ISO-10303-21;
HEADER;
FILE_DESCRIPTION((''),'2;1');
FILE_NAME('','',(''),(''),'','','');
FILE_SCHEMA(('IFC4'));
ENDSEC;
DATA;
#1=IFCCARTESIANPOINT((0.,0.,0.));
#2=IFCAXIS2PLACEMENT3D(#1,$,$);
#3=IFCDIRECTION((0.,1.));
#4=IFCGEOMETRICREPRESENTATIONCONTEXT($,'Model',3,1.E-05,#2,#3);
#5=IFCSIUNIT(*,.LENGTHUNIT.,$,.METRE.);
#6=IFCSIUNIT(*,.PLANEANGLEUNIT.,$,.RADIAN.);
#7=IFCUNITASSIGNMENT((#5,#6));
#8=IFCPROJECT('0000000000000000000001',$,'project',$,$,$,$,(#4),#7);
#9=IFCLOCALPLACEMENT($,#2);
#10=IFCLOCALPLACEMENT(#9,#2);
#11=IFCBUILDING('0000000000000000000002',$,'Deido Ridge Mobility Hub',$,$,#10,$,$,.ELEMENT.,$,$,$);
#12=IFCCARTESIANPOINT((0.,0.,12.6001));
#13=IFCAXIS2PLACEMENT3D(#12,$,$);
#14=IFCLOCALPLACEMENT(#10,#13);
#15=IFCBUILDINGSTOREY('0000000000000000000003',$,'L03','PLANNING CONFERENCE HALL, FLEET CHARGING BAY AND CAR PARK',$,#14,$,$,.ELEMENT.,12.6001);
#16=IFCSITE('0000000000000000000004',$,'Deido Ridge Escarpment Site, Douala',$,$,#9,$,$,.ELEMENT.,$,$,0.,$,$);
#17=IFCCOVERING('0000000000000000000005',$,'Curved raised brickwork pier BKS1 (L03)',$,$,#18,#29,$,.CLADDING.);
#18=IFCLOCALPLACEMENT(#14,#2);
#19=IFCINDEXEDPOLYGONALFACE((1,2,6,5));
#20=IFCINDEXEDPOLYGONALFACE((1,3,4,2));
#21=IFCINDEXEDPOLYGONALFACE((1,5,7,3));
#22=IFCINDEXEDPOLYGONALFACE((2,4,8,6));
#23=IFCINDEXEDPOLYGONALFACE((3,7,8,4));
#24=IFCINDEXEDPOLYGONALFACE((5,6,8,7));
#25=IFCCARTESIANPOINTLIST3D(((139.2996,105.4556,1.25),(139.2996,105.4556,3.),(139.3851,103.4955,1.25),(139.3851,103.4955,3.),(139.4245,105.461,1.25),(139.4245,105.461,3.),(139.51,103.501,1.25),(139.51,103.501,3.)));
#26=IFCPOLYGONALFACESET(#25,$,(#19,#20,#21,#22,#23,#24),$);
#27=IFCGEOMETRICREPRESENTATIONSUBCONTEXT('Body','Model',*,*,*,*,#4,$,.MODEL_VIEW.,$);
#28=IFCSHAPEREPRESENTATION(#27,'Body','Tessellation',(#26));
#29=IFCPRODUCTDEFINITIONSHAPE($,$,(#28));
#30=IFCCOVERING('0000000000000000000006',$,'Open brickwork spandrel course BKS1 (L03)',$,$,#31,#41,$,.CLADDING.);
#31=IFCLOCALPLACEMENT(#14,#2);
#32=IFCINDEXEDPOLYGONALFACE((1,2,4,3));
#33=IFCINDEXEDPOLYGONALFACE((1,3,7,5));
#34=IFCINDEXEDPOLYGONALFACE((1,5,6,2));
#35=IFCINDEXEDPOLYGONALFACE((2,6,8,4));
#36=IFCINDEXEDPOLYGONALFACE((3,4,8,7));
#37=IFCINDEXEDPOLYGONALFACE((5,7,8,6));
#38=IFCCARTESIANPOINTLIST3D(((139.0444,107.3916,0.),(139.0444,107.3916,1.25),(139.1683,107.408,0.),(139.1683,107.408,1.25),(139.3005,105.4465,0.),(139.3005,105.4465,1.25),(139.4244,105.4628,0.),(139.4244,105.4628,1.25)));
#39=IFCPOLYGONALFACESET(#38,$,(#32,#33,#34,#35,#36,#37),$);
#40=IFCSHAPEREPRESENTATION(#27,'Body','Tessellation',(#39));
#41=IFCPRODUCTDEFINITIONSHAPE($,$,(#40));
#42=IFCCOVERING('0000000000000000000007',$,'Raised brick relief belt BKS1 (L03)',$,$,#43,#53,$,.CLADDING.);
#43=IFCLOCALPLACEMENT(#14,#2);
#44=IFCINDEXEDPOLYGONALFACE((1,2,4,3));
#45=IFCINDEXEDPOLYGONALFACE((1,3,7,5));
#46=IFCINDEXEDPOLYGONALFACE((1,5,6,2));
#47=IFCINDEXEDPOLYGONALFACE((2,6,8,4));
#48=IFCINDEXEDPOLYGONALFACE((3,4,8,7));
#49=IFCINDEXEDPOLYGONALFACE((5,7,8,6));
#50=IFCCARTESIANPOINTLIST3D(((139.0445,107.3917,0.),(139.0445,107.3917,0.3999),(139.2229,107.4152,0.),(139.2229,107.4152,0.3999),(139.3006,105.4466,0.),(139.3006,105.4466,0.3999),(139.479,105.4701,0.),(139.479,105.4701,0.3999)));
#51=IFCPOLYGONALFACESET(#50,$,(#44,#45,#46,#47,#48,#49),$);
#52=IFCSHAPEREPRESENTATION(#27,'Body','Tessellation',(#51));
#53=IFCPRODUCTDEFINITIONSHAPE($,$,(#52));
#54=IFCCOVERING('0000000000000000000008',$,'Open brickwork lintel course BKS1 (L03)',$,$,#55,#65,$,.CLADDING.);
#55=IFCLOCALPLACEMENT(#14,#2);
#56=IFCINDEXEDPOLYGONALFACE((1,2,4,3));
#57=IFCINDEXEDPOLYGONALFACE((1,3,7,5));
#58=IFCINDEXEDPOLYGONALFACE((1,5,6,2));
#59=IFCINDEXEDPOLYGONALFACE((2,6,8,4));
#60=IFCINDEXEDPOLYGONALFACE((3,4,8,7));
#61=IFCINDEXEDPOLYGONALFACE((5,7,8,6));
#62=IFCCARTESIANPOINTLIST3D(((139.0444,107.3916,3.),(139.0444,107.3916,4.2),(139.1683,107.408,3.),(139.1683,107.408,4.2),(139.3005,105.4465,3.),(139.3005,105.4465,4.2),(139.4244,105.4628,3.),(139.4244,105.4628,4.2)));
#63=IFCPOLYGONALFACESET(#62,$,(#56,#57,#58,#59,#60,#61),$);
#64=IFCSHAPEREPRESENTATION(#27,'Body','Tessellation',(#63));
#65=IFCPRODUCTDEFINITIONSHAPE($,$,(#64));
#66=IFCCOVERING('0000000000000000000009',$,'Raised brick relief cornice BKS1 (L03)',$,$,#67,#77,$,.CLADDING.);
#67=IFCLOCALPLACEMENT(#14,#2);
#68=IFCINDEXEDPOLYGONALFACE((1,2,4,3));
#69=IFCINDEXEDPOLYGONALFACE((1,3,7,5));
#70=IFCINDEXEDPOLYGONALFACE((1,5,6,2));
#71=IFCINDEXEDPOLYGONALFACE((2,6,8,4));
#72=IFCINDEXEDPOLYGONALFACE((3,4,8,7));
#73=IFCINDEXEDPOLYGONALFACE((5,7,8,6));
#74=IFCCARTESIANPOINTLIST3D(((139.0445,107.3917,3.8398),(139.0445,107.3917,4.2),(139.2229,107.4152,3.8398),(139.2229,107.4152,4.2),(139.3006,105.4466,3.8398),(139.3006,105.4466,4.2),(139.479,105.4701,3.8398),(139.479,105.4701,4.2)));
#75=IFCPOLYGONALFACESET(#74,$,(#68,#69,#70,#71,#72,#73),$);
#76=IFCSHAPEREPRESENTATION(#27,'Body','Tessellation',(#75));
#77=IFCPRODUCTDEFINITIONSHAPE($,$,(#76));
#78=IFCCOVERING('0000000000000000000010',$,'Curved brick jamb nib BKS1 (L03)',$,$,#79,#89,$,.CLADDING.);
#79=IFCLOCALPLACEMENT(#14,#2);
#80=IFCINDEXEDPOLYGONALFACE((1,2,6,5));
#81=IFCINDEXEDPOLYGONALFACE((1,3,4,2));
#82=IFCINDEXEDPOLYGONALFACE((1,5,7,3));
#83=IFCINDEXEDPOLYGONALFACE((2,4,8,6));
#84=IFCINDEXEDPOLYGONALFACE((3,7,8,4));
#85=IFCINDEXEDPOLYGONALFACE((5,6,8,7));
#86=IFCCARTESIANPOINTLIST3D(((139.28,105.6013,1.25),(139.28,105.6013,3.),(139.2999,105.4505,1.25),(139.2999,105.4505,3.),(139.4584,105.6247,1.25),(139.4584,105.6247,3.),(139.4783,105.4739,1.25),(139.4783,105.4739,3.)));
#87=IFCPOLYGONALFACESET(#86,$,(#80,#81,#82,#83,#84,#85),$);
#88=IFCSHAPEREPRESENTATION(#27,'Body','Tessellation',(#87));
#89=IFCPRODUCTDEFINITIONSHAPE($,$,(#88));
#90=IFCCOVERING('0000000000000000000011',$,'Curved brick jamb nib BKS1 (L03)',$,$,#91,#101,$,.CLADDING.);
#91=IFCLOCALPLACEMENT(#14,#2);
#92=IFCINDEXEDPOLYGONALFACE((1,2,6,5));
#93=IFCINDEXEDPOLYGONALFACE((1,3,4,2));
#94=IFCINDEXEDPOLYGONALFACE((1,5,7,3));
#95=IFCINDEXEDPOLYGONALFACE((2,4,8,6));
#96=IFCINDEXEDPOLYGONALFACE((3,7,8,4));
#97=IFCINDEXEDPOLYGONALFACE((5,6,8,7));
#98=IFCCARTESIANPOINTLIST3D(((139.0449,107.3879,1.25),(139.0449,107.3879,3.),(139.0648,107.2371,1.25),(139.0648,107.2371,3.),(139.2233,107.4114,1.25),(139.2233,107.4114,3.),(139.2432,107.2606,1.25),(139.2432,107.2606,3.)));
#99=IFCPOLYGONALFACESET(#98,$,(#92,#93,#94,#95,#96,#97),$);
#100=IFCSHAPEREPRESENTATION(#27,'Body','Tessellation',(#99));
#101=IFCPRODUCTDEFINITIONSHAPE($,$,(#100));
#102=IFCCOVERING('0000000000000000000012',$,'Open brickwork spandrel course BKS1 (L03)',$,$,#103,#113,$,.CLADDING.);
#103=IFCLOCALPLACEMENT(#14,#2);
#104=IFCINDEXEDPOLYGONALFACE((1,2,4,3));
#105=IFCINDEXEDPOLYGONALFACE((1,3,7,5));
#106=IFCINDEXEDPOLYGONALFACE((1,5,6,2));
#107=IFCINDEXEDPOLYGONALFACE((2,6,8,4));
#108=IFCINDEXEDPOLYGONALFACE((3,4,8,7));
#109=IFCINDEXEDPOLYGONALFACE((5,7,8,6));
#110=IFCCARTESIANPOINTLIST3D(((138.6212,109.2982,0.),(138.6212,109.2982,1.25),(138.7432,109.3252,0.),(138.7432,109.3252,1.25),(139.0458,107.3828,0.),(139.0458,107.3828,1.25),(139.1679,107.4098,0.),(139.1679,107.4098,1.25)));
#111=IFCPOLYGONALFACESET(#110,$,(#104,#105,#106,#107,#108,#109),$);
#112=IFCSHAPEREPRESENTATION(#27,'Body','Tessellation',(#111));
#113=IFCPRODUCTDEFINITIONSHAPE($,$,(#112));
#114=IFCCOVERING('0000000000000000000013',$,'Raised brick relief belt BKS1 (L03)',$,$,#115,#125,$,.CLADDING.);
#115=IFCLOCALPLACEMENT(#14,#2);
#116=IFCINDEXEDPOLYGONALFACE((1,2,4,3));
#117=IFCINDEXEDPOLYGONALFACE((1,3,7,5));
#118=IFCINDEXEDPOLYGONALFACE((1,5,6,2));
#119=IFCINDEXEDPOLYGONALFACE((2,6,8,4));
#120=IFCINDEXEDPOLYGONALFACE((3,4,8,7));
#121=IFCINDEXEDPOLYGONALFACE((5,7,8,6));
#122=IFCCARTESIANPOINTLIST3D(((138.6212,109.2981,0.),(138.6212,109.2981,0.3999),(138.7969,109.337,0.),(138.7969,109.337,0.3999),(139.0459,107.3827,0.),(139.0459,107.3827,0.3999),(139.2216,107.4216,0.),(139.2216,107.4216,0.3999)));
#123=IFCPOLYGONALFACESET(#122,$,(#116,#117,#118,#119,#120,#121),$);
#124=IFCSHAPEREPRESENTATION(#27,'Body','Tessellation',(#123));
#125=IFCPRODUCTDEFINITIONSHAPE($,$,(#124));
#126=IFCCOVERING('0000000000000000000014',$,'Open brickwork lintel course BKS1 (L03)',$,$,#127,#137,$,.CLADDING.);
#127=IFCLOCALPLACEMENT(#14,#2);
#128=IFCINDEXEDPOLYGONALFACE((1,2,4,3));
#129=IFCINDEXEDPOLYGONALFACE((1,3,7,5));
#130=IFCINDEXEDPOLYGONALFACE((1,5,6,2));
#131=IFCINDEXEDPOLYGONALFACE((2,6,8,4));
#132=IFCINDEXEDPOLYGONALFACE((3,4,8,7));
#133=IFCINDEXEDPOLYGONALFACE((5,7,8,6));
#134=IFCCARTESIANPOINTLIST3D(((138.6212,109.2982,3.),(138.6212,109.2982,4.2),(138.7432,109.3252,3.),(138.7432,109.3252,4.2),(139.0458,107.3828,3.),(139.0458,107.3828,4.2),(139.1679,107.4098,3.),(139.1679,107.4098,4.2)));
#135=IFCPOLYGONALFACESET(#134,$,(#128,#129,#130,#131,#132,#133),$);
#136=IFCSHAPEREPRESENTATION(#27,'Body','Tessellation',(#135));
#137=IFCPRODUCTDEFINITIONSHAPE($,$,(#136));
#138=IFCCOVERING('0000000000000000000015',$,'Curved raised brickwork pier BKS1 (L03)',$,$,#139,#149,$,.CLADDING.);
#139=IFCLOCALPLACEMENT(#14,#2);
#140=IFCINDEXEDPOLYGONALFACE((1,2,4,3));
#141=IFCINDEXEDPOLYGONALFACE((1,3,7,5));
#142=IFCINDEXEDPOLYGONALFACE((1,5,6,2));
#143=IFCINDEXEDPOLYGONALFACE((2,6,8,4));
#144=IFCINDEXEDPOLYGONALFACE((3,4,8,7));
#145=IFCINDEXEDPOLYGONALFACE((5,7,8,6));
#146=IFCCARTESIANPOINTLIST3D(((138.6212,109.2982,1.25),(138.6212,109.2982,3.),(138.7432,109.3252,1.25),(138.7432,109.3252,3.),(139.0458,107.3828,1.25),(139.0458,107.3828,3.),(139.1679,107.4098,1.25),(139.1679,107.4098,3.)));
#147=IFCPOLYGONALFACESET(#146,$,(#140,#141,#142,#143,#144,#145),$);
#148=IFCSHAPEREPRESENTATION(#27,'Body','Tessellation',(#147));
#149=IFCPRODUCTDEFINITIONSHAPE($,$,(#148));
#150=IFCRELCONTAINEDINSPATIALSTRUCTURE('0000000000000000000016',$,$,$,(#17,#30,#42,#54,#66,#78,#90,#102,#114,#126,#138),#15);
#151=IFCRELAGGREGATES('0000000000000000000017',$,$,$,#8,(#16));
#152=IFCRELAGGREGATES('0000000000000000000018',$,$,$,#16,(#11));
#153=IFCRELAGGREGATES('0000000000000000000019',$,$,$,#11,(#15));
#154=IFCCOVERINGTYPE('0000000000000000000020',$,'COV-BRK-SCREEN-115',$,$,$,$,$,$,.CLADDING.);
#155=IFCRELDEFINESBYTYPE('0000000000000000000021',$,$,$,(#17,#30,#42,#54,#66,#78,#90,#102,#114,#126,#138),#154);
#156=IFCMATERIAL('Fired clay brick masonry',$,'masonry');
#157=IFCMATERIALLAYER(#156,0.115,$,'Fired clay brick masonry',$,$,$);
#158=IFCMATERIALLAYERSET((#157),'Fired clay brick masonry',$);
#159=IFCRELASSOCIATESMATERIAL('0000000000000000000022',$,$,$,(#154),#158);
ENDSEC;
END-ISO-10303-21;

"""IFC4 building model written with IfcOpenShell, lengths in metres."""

from ifc_helpers import new_model, si_unit, direction, frame, origin, origin_2d, place, context, subcontext, project, spatial, rectangle, extrude, material, layer, layer_set, type_object, element, save


model = new_model("IFC4")

# Units and contexts
model_context = context("Model", 3, precision=1e-05, world=origin(), true_north=direction((0.0, 1.0)))
body_context = subcontext(model_context, "Body", "Model", "MODEL_VIEW")
ifc_project = project(units=[si_unit("LENGTHUNIT", "METRE"), si_unit("PLANEANGLEUNIT", "RADIAN")], contexts=[model_context])

# Site, building, storey
site_placement = place(None, origin())
site = spatial("IfcSite", under=ifc_project, at=site_placement, Name="Deido Ridge Escarpment Site, Douala", CompositionType="ELEMENT", RefElevation=0.0)
building_placement = place(site_placement, origin())
building = spatial("IfcBuilding", under=site, at=building_placement, Name="Deido Ridge Mobility Hub", CompositionType="ELEMENT")
storey_placement = place(building_placement, frame((0.0, 0.0, 12.6001)))
storey = spatial("IfcBuildingStorey", under=building, at=storey_placement, Name="L03", Description="PLANNING CONFERENCE HALL, FLEET CHARGING BAY AND CAR PARK", CompositionType="ELEMENT", Elevation=12.6001)

# Coverings
ifc_material_1 = material(Name="Fired clay brick masonry", Category="masonry")
ifc_layer = layer(ifc_material_1, 0.115, Name="Fired clay brick masonry")
ifc_layer_set = layer_set([ifc_layer], Name="Fired clay brick masonry")
covering_type = type_object("IfcCoveringType", Name="COV-BRK-SCREEN-115", PredefinedType="CLADDING", material=ifc_layer_set)
covering_1_placement = place(storey_placement, frame((139.4048, 104.4783, 1.25), z_axis=(0.0, 0.0, 1.0), x_axis=(-0.043602, 0.999049, 0.0)))
element("IfcCovering", 1, at=covering_1_placement, inside=storey, type_object=covering_type, Name="Curved raised brickwork pier BKS1 (L03)", PredefinedType="CLADDING", context=body_context, shape_type="SweptSolid", body=[
    extrude(rectangle(XDim=1.9619, YDim=0.125, at=origin_2d()), origin(), (0.0, 0.0, 1.0), 1.75),
])
covering_2_placement = place(storey_placement, frame((139.2344, 106.4272, 0.0), z_axis=(0.0, 0.0, 1.0), x_axis=(-0.130543, 0.991443, 0.0)))
element("IfcCovering", 2, at=covering_2_placement, inside=storey, type_object=covering_type, Name="Open brickwork spandrel course BKS1 (L03)", PredefinedType="CLADDING", context=body_context, shape_type="SweptSolid", body=[
    extrude(rectangle(XDim=1.9619, YDim=0.125, at=origin_2d()), origin(), (0.0, 0.0, 1.0), 1.25),
])
covering_3_placement = place(storey_placement, frame((139.2617, 106.4309, 0.0), z_axis=(0.0, 0.0, 1.0), x_axis=(-0.130543, 0.991443, 0.0)))
element("IfcCovering", 3, at=covering_3_placement, inside=storey, type_object=covering_type, Name="Raised brick relief belt BKS1 (L03)", PredefinedType="CLADDING", context=body_context, shape_type="SweptSolid", body=[
    extrude(rectangle(XDim=1.9619, YDim=0.1799, at=origin_2d()), origin(), (0.0, 0.0, 1.0), 0.3999),
])
covering_4_placement = place(storey_placement, frame((139.2344, 106.4272, 3.0), z_axis=(0.0, 0.0, 1.0), x_axis=(-0.130543, 0.991443, 0.0)))
element("IfcCovering", 4, at=covering_4_placement, inside=storey, type_object=covering_type, Name="Open brickwork lintel course BKS1 (L03)", PredefinedType="CLADDING", context=body_context, shape_type="SweptSolid", body=[
    extrude(rectangle(XDim=1.9619, YDim=0.125, at=origin_2d()), origin(), (0.0, 0.0, 1.0), 1.2),
])
covering_5_placement = place(storey_placement, frame((139.2617, 106.4309, 3.8398), z_axis=(0.0, 0.0, 1.0), x_axis=(-0.130543, 0.991443, 0.0)))
element("IfcCovering", 5, at=covering_5_placement, inside=storey, type_object=covering_type, Name="Raised brick relief cornice BKS1 (L03)", PredefinedType="CLADDING", context=body_context, shape_type="SweptSolid", body=[
    extrude(rectangle(XDim=1.9619, YDim=0.1799, at=origin_2d()), origin(), (0.0, 0.0, 1.0), 0.3601),
])
for number, where, z_axis, x_axis, name in (
    (6, (139.3792, 105.5376, 1.25), (0.0, 0.0, 1.0), (-0.130543, 0.991443, 0.0), "Curved brick jamb nib BKS1 (L03)"),
    (7, (139.144, 107.3242, 1.25), (0.0, 0.0, 1.0), (-0.130543, 0.991443, 0.0), "Curved brick jamb nib BKS1 (L03)"),
):
    element("IfcCovering", number, at=place(storey_placement, frame(where, z_axis=z_axis, x_axis=x_axis)), inside=storey, type_object=covering_type, Name=name, PredefinedType="CLADDING", context=body_context, shape_type="SweptSolid", body=[
        extrude(rectangle(XDim=0.1521, YDim=0.1799, at=origin_2d()), origin(), (0.0, 0.0, 1.0), 1.75),
    ])
covering_6_placement = place(storey_placement, frame((138.8945, 108.354, 0.0), z_axis=(0.0, 0.0, 1.0), x_axis=(-0.216457, 0.976292, 0.0)))
element("IfcCovering", 8, at=covering_6_placement, inside=storey, type_object=covering_type, Name="Open brickwork spandrel course BKS1 (L03)", PredefinedType="CLADDING", context=body_context, shape_type="SweptSolid", body=[
    extrude(rectangle(XDim=1.9619, YDim=0.125, at=origin_2d()), origin(), (0.0, 0.0, 1.0), 1.25),
])
covering_7_placement = place(storey_placement, frame((138.9214, 108.3599, 0.0), z_axis=(0.0, 0.0, 1.0), x_axis=(-0.216457, 0.976292, 0.0)))
element("IfcCovering", 9, at=covering_7_placement, inside=storey, type_object=covering_type, Name="Raised brick relief belt BKS1 (L03)", PredefinedType="CLADDING", context=body_context, shape_type="SweptSolid", body=[
    extrude(rectangle(XDim=1.9619, YDim=0.1799, at=origin_2d()), origin(), (0.0, 0.0, 1.0), 0.3999),
])
covering_8_placement = place(storey_placement, frame((138.8945, 108.354, 3.0), z_axis=(0.0, 0.0, 1.0), x_axis=(-0.216457, 0.976292, 0.0)))
element("IfcCovering", 10, at=covering_8_placement, inside=storey, type_object=covering_type, Name="Open brickwork lintel course BKS1 (L03)", PredefinedType="CLADDING", context=body_context, shape_type="SweptSolid", body=[
    extrude(rectangle(XDim=1.9619, YDim=0.125, at=origin_2d()), origin(), (0.0, 0.0, 1.0), 1.2),
])
covering_9_placement = place(storey_placement, frame((138.8945, 108.354, 1.25), z_axis=(0.0, 0.0, 1.0), x_axis=(-0.216457, 0.976292, 0.0)))
element("IfcCovering", 11, at=covering_9_placement, inside=storey, type_object=covering_type, Name="Curved raised brickwork pier BKS1 (L03)", PredefinedType="CLADDING", context=body_context, shape_type="SweptSolid", body=[
    extrude(rectangle(XDim=1.9619, YDim=0.125, at=origin_2d()), origin(), (0.0, 0.0, 1.0), 1.75),
])

save(model, "model.ifc")
